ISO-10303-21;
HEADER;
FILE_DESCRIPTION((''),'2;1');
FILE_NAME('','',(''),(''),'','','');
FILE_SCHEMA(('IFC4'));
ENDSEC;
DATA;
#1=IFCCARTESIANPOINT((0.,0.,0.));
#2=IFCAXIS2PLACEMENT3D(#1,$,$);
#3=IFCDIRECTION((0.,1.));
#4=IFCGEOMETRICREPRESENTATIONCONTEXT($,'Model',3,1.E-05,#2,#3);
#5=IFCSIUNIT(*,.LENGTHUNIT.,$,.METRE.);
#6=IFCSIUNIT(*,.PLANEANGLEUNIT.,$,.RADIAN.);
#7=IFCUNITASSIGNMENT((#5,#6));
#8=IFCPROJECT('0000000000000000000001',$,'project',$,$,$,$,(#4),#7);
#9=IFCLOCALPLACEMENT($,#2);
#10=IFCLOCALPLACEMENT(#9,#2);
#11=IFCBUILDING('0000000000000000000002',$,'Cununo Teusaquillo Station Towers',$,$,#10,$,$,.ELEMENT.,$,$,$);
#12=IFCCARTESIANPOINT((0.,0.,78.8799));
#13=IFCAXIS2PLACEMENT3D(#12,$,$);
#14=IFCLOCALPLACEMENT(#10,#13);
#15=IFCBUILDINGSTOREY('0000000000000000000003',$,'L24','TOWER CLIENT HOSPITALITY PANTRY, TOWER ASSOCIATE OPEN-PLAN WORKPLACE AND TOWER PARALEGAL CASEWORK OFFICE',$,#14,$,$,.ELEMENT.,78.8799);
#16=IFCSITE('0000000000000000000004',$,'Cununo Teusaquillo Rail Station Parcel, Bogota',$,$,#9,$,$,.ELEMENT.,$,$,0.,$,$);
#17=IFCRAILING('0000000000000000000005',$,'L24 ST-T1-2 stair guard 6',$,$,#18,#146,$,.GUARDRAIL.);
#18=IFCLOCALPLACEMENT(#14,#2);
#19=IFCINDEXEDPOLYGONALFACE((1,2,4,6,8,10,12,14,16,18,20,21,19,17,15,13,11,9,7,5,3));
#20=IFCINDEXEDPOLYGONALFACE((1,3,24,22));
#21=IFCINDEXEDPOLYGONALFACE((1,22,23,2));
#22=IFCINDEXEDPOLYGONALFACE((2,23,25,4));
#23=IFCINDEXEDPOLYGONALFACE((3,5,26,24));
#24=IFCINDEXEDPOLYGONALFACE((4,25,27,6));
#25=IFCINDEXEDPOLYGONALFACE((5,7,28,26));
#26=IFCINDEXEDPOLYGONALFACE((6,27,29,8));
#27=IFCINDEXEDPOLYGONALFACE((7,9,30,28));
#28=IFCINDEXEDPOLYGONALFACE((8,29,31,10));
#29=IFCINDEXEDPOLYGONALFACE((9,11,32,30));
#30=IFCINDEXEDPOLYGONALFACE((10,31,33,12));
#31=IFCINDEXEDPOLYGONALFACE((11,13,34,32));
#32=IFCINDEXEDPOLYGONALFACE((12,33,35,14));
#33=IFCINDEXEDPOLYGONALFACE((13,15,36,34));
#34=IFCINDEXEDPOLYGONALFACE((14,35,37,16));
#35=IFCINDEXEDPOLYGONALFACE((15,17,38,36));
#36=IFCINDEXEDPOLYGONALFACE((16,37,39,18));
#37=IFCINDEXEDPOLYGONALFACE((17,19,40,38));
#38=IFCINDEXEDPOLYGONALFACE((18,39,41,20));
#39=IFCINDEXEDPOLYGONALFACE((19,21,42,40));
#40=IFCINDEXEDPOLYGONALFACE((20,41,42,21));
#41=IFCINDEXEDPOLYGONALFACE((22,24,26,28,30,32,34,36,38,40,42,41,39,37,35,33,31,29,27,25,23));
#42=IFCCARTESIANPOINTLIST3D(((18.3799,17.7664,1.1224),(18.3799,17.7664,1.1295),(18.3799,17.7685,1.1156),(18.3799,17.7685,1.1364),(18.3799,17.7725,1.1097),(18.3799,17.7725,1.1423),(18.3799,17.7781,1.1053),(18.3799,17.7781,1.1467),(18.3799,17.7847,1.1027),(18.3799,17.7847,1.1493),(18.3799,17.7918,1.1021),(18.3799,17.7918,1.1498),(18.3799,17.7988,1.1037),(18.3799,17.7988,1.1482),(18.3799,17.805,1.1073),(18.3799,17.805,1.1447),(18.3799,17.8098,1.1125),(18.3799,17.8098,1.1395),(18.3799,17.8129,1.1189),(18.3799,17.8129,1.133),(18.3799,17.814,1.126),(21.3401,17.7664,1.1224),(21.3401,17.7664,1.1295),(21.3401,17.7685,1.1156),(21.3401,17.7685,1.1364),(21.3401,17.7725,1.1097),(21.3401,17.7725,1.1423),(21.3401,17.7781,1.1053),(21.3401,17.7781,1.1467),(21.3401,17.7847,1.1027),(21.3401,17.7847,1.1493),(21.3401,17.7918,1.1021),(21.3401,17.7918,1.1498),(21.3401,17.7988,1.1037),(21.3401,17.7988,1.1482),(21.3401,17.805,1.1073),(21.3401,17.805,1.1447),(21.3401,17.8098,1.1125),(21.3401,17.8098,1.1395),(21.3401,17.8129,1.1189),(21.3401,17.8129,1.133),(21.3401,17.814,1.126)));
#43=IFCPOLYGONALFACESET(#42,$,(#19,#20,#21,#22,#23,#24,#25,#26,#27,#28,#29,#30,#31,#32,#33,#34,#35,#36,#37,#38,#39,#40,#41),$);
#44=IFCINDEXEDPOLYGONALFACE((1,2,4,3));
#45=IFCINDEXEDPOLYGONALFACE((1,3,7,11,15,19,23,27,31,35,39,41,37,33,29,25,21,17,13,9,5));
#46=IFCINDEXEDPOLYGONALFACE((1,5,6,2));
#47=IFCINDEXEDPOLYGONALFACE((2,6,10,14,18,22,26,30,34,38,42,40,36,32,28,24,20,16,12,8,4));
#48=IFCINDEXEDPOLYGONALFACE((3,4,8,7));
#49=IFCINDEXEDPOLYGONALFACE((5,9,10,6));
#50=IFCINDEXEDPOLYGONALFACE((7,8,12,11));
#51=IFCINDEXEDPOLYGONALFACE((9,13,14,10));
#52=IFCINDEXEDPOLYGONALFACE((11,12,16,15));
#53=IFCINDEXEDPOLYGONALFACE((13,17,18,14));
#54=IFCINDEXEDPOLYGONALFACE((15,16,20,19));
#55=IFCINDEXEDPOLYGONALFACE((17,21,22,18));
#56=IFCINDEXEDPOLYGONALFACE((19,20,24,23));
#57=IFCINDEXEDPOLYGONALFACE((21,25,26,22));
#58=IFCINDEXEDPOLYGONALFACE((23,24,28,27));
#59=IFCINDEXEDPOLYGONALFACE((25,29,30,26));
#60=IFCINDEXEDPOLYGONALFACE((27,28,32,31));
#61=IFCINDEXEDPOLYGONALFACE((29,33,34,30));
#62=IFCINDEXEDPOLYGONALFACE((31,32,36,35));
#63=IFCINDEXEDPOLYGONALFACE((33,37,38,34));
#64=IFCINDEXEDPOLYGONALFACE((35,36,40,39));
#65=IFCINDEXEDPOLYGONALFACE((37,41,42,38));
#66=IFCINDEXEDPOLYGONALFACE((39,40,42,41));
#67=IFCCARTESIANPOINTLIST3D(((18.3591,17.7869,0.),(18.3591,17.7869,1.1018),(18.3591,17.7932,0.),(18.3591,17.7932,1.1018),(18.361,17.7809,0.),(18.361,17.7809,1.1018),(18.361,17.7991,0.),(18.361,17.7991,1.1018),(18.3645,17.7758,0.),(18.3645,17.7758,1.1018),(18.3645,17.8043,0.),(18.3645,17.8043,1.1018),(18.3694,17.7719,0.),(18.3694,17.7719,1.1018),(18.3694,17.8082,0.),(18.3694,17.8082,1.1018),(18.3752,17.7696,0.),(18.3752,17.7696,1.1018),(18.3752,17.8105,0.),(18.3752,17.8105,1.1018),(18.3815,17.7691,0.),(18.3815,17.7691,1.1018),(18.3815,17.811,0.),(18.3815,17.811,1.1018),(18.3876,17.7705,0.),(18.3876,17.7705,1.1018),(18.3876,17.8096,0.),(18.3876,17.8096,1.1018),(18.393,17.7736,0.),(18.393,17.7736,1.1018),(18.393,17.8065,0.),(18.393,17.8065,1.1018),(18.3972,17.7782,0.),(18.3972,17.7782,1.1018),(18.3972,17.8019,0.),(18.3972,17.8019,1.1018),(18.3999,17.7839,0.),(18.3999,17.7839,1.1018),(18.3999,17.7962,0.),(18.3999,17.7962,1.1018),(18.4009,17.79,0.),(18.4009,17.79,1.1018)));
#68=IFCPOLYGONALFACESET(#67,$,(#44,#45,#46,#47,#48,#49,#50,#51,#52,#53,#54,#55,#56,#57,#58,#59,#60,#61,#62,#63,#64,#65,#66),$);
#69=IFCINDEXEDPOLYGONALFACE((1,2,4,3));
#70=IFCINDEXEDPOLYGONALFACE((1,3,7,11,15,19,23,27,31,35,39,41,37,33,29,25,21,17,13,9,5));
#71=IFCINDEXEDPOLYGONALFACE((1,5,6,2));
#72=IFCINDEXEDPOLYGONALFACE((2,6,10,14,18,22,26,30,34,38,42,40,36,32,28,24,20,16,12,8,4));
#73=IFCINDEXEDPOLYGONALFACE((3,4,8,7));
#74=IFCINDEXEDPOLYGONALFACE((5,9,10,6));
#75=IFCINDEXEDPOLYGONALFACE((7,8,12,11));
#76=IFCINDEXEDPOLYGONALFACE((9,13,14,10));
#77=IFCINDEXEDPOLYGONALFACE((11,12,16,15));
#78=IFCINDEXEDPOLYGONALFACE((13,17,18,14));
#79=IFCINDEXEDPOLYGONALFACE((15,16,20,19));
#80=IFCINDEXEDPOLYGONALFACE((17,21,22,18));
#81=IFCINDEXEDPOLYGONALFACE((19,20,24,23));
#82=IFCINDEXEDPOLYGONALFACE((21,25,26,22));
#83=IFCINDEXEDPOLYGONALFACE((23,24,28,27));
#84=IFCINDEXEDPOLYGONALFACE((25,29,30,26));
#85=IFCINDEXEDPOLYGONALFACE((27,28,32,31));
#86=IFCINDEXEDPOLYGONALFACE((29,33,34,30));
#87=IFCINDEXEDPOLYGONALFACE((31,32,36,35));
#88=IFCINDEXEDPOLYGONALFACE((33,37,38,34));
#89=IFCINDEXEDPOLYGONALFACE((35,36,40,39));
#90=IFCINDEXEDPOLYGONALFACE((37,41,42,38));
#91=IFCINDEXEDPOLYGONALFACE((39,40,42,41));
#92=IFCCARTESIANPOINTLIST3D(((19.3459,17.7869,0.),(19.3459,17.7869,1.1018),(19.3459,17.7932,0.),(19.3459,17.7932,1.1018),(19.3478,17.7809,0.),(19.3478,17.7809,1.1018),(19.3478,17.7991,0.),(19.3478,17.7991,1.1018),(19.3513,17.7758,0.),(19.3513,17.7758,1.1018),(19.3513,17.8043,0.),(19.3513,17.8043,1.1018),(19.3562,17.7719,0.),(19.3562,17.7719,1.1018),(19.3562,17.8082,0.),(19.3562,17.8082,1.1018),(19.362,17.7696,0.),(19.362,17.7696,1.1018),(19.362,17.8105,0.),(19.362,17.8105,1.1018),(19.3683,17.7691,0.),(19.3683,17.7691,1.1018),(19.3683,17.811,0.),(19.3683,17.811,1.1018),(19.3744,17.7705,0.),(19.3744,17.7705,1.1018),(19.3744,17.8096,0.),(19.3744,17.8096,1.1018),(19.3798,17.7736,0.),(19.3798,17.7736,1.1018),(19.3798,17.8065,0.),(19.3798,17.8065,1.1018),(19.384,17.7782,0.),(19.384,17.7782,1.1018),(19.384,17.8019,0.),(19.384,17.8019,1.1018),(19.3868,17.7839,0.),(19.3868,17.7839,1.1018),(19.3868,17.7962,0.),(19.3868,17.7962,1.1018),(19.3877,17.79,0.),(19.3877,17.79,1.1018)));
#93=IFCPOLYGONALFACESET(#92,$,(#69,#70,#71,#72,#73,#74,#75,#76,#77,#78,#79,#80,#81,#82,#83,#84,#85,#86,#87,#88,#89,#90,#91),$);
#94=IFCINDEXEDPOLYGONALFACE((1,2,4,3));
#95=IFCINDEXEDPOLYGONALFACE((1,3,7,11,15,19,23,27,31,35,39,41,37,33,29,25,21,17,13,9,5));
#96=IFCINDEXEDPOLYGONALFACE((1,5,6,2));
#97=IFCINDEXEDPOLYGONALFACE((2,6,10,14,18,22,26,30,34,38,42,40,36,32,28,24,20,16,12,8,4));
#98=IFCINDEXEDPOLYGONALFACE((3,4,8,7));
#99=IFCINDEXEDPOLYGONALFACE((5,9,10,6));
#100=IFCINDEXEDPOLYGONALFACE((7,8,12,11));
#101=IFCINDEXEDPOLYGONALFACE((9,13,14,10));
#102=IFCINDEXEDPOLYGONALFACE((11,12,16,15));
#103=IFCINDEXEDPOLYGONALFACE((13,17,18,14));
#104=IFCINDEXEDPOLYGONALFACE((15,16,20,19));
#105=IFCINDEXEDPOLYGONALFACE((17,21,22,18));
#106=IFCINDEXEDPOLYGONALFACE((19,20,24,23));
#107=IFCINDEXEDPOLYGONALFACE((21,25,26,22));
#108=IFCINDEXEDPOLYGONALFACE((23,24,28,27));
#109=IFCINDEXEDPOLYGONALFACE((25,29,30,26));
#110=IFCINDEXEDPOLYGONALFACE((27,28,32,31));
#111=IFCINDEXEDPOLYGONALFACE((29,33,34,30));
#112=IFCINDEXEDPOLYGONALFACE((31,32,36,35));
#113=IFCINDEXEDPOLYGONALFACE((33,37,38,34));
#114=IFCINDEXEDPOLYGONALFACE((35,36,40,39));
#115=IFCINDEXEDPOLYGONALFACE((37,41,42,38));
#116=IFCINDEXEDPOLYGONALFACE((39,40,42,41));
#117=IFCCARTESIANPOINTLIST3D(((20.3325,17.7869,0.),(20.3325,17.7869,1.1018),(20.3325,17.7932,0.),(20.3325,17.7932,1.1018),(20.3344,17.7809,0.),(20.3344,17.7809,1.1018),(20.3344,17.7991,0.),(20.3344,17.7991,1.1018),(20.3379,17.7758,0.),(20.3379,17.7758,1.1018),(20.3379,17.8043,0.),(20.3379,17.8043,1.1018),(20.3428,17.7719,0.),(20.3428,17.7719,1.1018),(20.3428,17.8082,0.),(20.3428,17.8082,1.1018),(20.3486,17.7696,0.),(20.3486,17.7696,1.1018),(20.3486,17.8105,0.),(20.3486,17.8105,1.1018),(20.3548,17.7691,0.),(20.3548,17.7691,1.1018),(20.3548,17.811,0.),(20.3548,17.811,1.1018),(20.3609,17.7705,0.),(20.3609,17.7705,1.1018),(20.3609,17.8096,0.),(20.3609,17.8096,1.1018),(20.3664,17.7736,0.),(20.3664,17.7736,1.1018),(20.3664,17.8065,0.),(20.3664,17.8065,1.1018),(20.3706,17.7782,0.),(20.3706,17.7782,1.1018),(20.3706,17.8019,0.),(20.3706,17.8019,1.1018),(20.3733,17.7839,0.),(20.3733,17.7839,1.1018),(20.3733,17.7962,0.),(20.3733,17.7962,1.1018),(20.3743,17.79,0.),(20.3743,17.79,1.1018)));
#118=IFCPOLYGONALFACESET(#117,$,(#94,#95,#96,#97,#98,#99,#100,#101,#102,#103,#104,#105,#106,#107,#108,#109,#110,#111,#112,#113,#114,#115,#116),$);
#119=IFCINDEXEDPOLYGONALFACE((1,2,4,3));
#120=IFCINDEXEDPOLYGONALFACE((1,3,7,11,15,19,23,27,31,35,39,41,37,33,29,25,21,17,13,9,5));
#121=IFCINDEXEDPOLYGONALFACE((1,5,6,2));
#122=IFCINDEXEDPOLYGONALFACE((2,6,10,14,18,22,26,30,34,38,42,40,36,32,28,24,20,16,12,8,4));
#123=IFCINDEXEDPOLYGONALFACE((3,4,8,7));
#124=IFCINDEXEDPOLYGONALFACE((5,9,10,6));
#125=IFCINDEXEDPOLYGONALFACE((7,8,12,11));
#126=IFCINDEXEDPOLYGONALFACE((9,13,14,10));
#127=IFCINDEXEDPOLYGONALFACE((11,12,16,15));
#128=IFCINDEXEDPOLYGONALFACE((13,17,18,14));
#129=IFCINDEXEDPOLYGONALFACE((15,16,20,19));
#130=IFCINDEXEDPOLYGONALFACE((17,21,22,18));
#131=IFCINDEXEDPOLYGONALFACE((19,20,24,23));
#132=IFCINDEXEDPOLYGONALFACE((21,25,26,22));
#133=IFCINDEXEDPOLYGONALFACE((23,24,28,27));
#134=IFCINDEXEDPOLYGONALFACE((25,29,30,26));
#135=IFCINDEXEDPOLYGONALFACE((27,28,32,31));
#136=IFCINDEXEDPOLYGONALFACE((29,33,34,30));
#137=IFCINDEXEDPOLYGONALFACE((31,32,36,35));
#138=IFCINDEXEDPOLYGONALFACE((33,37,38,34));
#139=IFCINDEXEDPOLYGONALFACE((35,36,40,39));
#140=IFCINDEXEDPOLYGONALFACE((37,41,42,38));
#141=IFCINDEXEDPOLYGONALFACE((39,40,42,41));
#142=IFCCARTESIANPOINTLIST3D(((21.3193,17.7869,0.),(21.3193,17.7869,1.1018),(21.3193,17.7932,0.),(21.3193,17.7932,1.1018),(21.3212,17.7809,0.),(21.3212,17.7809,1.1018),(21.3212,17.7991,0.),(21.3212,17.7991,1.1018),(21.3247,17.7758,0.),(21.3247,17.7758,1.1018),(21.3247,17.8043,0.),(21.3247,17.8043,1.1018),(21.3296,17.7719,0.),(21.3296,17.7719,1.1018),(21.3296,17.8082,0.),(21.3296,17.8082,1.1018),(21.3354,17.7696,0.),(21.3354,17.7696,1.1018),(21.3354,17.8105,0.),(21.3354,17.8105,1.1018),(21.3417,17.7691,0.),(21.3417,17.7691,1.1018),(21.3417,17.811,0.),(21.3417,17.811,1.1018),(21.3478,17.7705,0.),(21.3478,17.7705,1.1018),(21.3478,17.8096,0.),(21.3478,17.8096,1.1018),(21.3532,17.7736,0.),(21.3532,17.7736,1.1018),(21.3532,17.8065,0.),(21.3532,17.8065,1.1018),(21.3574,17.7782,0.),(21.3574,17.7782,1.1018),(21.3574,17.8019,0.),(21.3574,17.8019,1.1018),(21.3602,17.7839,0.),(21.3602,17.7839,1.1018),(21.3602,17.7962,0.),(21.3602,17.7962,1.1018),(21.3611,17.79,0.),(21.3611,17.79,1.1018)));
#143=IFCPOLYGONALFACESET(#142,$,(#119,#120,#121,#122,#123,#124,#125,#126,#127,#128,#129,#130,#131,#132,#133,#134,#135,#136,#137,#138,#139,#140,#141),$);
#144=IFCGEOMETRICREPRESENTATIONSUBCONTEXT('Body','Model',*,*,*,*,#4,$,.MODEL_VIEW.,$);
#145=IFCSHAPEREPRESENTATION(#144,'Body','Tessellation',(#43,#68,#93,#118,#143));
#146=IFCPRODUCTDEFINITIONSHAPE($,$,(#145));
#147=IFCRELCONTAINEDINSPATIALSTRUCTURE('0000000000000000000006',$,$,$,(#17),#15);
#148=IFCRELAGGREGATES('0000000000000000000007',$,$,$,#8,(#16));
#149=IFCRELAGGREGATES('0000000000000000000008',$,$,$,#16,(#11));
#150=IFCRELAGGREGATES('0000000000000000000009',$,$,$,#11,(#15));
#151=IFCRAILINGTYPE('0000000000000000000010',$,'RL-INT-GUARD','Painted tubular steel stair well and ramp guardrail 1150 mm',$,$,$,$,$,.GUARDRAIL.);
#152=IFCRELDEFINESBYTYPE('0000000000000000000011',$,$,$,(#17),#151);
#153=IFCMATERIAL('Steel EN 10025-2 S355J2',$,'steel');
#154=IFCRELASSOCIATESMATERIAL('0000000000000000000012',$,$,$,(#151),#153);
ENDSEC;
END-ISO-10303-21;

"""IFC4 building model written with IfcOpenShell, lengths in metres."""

from ifc_helpers import new_model, si_unit, direction, frame, origin, origin_2d, place, context, subcontext, project, spatial, circle, extrude, material, type_object, element, save


model = new_model("IFC4")

# Units and contexts
model_context = context("Model", 3, precision=1e-05, world=origin(), true_north=direction((0.0, 1.0)))
body_context = subcontext(model_context, "Body", "Model", "MODEL_VIEW")
ifc_project = project(units=[si_unit("LENGTHUNIT", "METRE"), si_unit("PLANEANGLEUNIT", "RADIAN")], contexts=[model_context])

# Site, building, storey
site_placement = place(None, origin())
site = spatial("IfcSite", under=ifc_project, at=site_placement, Name="Cununo Teusaquillo Rail Station Parcel, Bogota", CompositionType="ELEMENT", RefElevation=0.0)
building_placement = place(site_placement, origin())
building = spatial("IfcBuilding", under=site, at=building_placement, Name="Cununo Teusaquillo Station Towers", CompositionType="ELEMENT")
storey_placement = place(building_placement, frame((0.0, 0.0, 78.8799)))
storey = spatial("IfcBuildingStorey", under=building, at=storey_placement, Name="L24", Description="TOWER CLIENT HOSPITALITY PANTRY, TOWER ASSOCIATE OPEN-PLAN WORKPLACE AND TOWER PARALEGAL CASEWORK OFFICE", CompositionType="ELEMENT", Elevation=78.8799)

# Railing
ifc_material_1 = material(Name="Steel EN 10025-2 S355J2", Category="steel")
railing_type_1 = type_object("IfcRailingType", Name="RL-INT-GUARD", Description="Painted tubular steel stair well and ramp guardrail 1150 mm", PredefinedType="GUARDRAIL", material=ifc_material_1)
railing_1_placement = place(storey_placement, frame((18.3799, 17.79, 0.0)))
element("IfcRailing", 1, at=railing_1_placement, inside=storey, type_object=railing_type_1, Name="L24 ST-T1-2 stair guard 6", PredefinedType="GUARDRAIL", context=body_context, shape_type="SweptSolid", body=[
    extrude(circle(Radius=0.0239, at=origin_2d()), frame((0.0, 0.0, 1.126), z_axis=(1.0, 0.0, 0.0), x_axis=(0.0, 1.0, 0.0)), (0.0, 0.0, 1.0), 2.9602),
    extrude(circle(Radius=0.021, at=origin_2d()), origin(), (0.0, 0.0, 1.0), 1.1018),
    extrude(circle(Radius=0.021, at=origin_2d()), frame((0.9868, 0.0, 0.0)), (0.0, 0.0, 1.0), 1.1018),
    extrude(circle(Radius=0.021, at=origin_2d()), frame((1.9734, 0.0, 0.0)), (0.0, 0.0, 1.0), 1.1018),
    extrude(circle(Radius=0.021, at=origin_2d()), frame((2.9602, 0.0, 0.0)), (0.0, 0.0, 1.0), 1.1018),
])

save(model, "model.ifc")
